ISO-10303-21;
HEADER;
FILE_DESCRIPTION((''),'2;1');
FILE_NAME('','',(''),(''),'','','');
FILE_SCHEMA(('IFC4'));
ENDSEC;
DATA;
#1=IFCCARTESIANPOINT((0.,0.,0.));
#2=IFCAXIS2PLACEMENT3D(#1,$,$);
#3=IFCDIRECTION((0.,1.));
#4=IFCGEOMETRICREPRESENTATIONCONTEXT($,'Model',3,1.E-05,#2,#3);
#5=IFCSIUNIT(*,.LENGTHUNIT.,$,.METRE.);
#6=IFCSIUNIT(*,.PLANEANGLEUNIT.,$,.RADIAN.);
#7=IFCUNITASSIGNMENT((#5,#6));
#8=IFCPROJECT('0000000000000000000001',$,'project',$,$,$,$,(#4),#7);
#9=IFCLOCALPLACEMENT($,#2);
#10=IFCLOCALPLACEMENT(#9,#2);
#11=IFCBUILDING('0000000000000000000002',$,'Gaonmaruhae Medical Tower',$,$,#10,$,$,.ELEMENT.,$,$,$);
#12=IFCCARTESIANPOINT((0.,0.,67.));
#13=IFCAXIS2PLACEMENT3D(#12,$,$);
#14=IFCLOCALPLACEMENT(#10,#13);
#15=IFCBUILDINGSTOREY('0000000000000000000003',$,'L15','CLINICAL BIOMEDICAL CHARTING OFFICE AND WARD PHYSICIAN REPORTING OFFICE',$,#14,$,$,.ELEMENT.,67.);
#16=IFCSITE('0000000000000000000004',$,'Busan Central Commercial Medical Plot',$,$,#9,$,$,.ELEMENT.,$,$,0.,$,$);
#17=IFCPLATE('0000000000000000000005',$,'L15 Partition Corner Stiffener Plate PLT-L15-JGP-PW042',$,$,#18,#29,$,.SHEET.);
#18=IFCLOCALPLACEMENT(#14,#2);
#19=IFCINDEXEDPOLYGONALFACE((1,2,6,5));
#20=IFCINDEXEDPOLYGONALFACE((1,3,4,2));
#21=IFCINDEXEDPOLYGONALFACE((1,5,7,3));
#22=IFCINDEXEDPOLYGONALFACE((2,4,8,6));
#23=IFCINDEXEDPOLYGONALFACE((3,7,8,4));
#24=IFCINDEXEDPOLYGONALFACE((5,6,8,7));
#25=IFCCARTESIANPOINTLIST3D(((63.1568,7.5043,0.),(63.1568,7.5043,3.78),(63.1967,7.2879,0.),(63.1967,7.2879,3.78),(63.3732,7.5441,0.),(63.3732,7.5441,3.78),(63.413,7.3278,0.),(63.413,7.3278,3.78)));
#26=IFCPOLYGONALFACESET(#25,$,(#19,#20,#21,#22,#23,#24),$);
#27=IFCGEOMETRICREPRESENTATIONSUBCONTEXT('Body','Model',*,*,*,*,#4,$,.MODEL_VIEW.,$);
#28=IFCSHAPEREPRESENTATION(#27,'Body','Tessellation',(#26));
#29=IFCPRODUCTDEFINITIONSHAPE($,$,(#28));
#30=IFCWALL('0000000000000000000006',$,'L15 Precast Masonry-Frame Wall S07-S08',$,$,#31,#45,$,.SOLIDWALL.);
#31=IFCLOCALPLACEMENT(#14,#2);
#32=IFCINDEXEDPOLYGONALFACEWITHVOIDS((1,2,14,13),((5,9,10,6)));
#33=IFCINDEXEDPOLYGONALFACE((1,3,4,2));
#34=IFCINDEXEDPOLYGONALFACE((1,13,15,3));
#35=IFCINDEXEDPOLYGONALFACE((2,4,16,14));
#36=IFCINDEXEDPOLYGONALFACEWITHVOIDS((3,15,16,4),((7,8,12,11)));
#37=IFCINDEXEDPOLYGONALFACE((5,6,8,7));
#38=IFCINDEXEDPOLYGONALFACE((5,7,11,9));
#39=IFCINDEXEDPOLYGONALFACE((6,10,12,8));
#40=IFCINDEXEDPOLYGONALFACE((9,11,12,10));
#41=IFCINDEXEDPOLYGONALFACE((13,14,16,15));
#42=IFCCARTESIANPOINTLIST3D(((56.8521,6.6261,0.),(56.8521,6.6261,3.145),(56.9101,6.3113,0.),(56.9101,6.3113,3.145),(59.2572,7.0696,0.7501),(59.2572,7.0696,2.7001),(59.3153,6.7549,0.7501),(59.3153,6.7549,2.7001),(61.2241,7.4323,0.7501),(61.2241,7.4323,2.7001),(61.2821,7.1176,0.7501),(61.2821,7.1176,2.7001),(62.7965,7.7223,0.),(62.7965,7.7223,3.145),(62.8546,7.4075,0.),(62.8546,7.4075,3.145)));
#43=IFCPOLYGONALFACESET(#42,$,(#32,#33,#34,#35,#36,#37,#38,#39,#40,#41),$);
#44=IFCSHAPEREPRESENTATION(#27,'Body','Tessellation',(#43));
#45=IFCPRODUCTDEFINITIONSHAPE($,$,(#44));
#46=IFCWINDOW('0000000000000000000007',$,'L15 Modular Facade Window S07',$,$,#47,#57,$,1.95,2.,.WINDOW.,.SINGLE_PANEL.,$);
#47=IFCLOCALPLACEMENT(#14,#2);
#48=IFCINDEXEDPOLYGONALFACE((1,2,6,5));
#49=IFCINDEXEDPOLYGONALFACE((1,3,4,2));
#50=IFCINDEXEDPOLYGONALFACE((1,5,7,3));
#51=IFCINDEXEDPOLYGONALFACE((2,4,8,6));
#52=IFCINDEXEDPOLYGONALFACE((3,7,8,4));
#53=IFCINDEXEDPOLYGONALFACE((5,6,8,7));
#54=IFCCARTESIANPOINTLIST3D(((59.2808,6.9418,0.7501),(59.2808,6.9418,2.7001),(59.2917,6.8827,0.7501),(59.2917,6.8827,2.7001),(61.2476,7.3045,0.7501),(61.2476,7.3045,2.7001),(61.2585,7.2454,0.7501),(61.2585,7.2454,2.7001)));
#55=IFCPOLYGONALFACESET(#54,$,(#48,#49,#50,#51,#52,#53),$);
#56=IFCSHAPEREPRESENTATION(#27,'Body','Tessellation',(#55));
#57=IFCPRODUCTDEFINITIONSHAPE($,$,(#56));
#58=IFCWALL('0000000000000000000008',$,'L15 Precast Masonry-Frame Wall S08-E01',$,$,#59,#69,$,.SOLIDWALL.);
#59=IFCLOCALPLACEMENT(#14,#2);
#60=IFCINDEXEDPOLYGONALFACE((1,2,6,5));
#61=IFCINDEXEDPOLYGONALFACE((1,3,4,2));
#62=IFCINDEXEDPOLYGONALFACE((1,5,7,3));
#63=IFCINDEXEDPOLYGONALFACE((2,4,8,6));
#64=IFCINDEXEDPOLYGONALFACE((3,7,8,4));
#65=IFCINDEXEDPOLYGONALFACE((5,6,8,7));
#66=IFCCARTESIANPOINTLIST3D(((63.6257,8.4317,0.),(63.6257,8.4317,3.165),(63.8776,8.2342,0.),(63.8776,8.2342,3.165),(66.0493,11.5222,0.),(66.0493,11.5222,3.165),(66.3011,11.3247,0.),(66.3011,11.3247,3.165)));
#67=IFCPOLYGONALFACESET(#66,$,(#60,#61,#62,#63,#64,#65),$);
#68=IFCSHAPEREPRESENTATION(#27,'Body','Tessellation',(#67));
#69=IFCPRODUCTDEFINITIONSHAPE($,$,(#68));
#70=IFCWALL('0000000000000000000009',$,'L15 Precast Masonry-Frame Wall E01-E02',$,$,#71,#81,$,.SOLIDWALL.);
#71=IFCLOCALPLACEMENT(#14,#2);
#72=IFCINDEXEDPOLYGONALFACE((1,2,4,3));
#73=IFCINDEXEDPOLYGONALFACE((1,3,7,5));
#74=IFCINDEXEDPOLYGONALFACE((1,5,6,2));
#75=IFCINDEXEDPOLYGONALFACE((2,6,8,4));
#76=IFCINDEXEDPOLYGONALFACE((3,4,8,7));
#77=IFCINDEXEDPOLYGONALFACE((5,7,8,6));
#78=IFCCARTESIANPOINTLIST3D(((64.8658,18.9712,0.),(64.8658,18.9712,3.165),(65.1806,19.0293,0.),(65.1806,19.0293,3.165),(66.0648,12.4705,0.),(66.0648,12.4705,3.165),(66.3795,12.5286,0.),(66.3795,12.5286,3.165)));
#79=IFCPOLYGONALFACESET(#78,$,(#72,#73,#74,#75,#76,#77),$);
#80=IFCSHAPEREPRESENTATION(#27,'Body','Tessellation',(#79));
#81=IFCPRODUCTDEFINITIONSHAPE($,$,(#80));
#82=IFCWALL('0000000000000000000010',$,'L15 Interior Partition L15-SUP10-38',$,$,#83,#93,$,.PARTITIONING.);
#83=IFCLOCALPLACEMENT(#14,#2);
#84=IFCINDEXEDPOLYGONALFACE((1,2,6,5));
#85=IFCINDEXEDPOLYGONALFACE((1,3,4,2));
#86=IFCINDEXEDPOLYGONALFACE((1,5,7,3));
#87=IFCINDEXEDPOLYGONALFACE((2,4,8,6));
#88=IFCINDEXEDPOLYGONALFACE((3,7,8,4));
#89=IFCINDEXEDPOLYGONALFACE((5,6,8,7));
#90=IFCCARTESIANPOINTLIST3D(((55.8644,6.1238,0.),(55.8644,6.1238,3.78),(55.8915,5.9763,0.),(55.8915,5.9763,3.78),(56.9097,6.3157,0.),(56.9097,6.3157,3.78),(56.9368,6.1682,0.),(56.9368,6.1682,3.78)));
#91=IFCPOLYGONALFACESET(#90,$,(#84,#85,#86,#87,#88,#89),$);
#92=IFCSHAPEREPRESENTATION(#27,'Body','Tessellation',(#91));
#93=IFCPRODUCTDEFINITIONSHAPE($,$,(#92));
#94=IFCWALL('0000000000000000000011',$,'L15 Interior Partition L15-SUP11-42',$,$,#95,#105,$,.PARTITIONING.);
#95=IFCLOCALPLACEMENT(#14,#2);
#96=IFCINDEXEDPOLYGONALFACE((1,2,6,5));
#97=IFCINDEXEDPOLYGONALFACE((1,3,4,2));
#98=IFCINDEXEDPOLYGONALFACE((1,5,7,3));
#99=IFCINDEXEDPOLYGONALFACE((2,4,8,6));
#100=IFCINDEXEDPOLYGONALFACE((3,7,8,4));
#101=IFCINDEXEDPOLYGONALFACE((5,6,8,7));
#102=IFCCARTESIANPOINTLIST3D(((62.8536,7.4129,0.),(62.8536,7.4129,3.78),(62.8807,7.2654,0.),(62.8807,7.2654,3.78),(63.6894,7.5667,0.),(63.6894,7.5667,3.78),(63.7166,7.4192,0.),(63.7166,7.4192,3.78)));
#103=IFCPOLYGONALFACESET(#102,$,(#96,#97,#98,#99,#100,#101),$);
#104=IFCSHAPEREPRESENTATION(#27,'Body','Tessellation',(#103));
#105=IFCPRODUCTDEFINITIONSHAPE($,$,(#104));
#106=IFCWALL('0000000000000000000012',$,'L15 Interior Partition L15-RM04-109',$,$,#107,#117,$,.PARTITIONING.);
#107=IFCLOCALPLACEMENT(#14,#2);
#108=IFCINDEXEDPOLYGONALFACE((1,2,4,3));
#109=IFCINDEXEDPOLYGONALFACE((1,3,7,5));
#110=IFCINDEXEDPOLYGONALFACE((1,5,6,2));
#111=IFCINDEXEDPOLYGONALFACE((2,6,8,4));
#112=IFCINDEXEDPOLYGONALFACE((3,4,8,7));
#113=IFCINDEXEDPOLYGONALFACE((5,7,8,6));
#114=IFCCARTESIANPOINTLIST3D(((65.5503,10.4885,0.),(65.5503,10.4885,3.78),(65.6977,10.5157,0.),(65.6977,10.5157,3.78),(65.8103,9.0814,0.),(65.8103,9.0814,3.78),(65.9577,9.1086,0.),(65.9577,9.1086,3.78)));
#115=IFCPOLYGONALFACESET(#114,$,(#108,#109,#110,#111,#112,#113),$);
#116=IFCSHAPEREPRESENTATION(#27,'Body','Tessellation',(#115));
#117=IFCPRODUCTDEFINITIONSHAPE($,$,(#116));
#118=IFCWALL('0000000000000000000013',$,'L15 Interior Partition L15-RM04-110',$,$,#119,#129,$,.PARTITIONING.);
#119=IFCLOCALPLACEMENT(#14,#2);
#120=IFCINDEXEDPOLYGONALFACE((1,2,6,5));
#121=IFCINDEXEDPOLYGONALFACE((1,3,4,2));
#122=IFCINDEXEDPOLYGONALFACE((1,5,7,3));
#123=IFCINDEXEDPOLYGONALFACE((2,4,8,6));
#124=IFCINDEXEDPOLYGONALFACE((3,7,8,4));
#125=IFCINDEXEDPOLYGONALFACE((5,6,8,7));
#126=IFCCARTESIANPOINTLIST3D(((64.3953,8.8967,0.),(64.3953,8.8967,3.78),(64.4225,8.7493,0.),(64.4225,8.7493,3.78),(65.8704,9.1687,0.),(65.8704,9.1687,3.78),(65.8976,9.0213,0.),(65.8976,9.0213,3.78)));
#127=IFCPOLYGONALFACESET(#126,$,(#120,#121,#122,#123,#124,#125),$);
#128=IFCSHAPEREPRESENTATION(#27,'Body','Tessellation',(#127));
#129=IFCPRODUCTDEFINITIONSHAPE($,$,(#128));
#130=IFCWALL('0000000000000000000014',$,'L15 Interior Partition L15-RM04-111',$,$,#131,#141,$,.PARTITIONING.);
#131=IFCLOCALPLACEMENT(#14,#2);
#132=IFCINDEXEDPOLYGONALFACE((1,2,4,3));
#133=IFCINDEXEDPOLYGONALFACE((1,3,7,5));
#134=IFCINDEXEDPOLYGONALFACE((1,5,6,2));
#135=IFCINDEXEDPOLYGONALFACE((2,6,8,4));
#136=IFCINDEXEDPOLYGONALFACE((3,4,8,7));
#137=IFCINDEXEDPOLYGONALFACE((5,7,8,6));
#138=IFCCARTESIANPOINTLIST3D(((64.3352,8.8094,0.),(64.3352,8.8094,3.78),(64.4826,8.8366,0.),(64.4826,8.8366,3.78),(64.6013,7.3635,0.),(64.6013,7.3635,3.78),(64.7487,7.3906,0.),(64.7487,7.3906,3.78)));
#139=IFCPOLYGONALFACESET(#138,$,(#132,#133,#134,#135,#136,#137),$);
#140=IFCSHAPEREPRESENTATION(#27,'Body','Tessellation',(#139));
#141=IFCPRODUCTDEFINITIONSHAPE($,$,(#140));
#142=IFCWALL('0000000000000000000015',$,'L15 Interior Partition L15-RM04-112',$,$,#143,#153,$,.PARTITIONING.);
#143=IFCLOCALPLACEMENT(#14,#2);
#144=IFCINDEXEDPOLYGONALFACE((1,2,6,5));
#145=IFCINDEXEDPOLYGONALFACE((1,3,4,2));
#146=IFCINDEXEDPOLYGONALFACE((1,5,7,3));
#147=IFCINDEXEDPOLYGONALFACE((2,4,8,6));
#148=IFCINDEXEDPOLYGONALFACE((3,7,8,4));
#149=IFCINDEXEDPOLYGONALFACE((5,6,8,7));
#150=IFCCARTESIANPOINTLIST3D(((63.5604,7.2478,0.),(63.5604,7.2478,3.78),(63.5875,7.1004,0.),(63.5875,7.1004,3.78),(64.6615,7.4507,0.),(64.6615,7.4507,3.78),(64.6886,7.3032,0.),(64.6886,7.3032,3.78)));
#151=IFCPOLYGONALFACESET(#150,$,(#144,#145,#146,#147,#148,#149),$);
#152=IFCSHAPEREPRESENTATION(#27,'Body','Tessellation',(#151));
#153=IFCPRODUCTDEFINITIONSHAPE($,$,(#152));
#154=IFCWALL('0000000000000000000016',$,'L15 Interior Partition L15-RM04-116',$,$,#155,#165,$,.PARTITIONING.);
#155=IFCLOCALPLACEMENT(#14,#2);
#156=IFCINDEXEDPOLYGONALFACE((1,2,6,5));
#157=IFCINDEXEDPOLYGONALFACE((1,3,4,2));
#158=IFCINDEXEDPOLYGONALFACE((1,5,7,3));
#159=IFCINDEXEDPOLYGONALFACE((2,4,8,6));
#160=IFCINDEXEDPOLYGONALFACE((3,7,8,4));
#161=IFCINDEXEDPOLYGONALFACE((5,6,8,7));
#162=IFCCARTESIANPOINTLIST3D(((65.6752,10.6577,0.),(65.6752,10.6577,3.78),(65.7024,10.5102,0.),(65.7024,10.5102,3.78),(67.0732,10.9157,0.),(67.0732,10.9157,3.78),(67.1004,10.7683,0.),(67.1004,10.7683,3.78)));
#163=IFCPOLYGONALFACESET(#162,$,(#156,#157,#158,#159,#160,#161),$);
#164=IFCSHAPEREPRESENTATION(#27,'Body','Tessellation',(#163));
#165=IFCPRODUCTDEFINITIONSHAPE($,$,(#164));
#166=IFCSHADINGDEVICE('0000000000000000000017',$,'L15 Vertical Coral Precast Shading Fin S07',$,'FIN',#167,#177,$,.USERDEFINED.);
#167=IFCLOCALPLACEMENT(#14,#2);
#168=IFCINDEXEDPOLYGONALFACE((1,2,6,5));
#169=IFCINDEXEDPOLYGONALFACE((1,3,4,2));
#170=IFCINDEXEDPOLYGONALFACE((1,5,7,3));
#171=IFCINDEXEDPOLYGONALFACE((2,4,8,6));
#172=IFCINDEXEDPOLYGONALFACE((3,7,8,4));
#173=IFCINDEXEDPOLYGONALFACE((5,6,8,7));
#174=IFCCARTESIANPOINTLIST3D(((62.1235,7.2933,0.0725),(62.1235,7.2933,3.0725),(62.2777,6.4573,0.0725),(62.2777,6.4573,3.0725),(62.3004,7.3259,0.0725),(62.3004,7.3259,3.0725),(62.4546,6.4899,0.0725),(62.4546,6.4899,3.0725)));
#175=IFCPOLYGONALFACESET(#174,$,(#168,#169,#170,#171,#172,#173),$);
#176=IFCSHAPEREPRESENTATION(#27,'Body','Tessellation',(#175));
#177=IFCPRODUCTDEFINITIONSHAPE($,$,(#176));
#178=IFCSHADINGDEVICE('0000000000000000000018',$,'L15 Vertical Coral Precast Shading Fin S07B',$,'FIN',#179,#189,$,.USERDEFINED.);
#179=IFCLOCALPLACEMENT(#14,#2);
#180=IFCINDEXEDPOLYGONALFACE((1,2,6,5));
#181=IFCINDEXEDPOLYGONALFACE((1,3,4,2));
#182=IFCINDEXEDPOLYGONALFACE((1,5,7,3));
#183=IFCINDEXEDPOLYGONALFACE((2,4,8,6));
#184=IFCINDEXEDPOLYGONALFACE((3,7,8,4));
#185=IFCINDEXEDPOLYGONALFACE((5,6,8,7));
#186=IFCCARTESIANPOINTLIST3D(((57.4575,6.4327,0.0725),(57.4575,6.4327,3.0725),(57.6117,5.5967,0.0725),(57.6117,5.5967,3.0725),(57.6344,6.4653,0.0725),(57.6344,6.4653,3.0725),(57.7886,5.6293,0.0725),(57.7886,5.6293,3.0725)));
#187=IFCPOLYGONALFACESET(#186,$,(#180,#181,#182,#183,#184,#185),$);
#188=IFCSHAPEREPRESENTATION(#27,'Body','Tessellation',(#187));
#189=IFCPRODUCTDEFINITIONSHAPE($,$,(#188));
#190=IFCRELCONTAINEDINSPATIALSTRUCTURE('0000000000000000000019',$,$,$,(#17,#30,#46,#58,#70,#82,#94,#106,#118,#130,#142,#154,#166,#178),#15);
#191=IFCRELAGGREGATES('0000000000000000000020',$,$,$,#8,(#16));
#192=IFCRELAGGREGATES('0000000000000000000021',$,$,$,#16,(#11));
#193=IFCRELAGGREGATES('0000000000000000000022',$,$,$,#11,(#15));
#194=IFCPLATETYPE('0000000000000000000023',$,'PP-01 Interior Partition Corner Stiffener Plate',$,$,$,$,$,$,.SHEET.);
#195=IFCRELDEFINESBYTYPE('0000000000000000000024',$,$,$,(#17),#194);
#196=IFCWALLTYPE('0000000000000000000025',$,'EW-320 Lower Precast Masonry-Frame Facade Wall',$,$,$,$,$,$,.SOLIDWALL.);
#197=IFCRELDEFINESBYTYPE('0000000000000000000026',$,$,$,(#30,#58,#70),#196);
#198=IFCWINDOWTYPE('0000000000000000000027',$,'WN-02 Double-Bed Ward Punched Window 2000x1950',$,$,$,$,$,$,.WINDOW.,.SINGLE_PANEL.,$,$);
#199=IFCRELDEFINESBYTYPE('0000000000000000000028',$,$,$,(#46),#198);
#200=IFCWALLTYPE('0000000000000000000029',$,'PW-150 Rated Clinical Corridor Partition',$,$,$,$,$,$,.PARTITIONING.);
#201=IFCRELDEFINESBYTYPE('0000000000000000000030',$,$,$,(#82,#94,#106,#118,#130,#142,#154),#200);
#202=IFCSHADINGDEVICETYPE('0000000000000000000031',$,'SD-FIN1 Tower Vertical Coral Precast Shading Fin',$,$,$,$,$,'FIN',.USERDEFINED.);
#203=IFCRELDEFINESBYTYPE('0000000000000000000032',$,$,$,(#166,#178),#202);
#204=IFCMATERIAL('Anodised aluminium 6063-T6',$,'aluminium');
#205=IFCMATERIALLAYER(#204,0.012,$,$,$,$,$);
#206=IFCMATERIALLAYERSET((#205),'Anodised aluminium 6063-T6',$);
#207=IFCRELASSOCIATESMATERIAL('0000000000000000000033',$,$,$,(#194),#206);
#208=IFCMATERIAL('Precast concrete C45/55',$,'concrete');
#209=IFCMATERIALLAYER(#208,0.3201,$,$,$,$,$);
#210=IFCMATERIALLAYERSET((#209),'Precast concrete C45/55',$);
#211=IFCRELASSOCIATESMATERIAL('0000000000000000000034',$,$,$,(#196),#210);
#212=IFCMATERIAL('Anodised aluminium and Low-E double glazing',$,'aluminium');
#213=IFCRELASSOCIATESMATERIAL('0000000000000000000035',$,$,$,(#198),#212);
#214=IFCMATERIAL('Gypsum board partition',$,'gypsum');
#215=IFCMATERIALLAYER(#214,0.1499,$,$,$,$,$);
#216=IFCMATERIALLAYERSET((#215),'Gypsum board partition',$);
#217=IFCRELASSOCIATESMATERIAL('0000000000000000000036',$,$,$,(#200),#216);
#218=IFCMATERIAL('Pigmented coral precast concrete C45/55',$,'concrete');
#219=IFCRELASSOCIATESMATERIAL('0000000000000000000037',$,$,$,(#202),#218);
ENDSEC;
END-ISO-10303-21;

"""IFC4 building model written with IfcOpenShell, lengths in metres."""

from ifc_helpers import new_model, si_unit, direction, frame, frame_2d, origin, origin_2d, place, context, subcontext, project, spatial, rectangle, extrude, material, layer, layer_set, type_object, element, fill, save


model = new_model("IFC4")

# Units and contexts
model_context = context("Model", 3, precision=1e-05, world=origin(), true_north=direction((0.0, 1.0)))
body_context = subcontext(model_context, "Body", "Model", "MODEL_VIEW")
ifc_project = project(units=[si_unit("LENGTHUNIT", "METRE"), si_unit("PLANEANGLEUNIT", "RADIAN")], contexts=[model_context])

# Site, building, storey
site_placement = place(None, origin())
site = spatial("IfcSite", under=ifc_project, at=site_placement, Name="Busan Central Commercial Medical Plot", CompositionType="ELEMENT", RefElevation=0.0)
building_placement = place(site_placement, origin())
building = spatial("IfcBuilding", under=site, at=building_placement, Name="Gaonmaruhae Medical Tower", CompositionType="ELEMENT")
storey_placement = place(building_placement, frame((0.0, 0.0, 67.0)))
storey = spatial("IfcBuildingStorey", under=building, at=storey_placement, Name="L15", Description="CLINICAL BIOMEDICAL CHARTING OFFICE AND WARD PHYSICIAN REPORTING OFFICE", CompositionType="ELEMENT", Elevation=67.0)

# Plate
ifc_material_1 = material(Name="Anodised aluminium 6063-T6", Category="aluminium")
ifc_layer_1 = layer(ifc_material_1, 0.012)
ifc_layer_set_1 = layer_set([ifc_layer_1], Name="Anodised aluminium 6063-T6")
plate_type_1 = type_object("IfcPlateType", Name="PP-01 Interior Partition Corner Stiffener Plate", PredefinedType="SHEET", material=ifc_layer_set_1)
plate_placement = place(storey_placement, frame((63.2849, 7.416, 0.0), z_axis=(0.0, 0.0, 1.0), x_axis=(-0.983455, -0.181154, 0.0)))
element("IfcPlate", 1, at=plate_placement, inside=storey, type_object=plate_type_1, Name="L15 Partition Corner Stiffener Plate PLT-L15-JGP-PW042", PredefinedType="SHEET", context=body_context, shape_type="SweptSolid", body=[
    extrude(rectangle(XDim=0.22, YDim=0.22, at=origin_2d()), origin(), (0.0, 0.0, 1.0), 3.78),
])

# Wall, opening, window
ifc_material_2 = material(Name="Precast concrete C45/55", Category="concrete")
ifc_layer_2 = layer(ifc_material_2, 0.3201)
ifc_layer_set_2 = layer_set([ifc_layer_2], Name="Precast concrete C45/55")
wall_type_1 = type_object("IfcWallType", Name="EW-320 Lower Precast Masonry-Frame Facade Wall", PredefinedType="SOLIDWALL", material=ifc_layer_set_2)
wall_1_placement = place(storey_placement, frame((62.8257, 7.5649, 0.0), z_axis=(0.0, 0.0, 1.0), x_axis=(-0.983418, -0.181352, 0.0)))
wall_1 = element("IfcWall", 2, at=wall_1_placement, inside=storey, type_object=wall_type_1, Name="L15 Precast Masonry-Frame Wall S07-S08", PredefinedType="SOLIDWALL", context=body_context, shape_type="SweptSolid", body=[
    extrude(rectangle(XDim=6.0447, YDim=0.3201, at=frame_2d((3.0225, 0.0))), origin(), (0.0, 0.0, 1.0), 3.145),
])
opening_placement = place(wall_1_placement, frame((1.5991, 0.0, 0.75)))
opening = element("IfcOpeningElement", 3, at=opening_placement, cuts=wall_1, PredefinedType="OPENING", context=body_context, shape_type="SweptSolid", body=[
    extrude(rectangle(XDim=2.0, YDim=1.95, at=frame_2d((1.0, 0.9751))), frame((0.0, 0.1699, 0.0), z_axis=(0.0, -1.0, 0.0), x_axis=(1.0, 0.0, 0.0)), (0.0, 0.0, 1.0), 0.3401),
])
ifc_material_3 = material(Name="Anodised aluminium and Low-E double glazing", Category="aluminium")
window_type = type_object("IfcWindowType", Name="WN-02 Double-Bed Ward Punched Window 2000x1950", PartitioningType="SINGLE_PANEL", PredefinedType="WINDOW", material=ifc_material_3)
window_placement = place(opening_placement, origin())
window = element("IfcWindow", 4, at=window_placement, inside=storey, type_object=window_type, Name="L15 Modular Facade Window S07", OverallHeight=1.95, OverallWidth=2.0, PartitioningType="SINGLE_PANEL", PredefinedType="WINDOW", context=body_context, shape_type="SweptSolid", body=[
    extrude(rectangle(XDim=2.0, YDim=1.95, at=frame_2d((1.0, 0.9751))), frame((0.0, 0.03, 0.0), z_axis=(0.0, -1.0, 0.0), x_axis=(1.0, 0.0, 0.0)), (0.0, 0.0, 1.0), 0.0601),
])
fill(opening, window)

# Walls
wall_2_placement = place(storey_placement, frame((66.1753, 11.4236, 0.0), z_axis=(0.0, 0.0, 1.0), x_axis=(-0.617077, -0.786903, 0.0)))
element("IfcWall", 5, at=wall_2_placement, inside=storey, type_object=wall_type_1, Name="L15 Precast Masonry-Frame Wall S08-E01", PredefinedType="SOLIDWALL", context=body_context, shape_type="SweptSolid", body=[
    extrude(rectangle(XDim=3.9275, YDim=0.3201, at=frame_2d((1.9639, 0.0))), origin(), (0.0, 0.0, 1.0), 3.165),
])
wall_3_placement = place(storey_placement, frame((65.0232, 19.0002, 0.0), z_axis=(0.0, 0.0, 1.0), x_axis=(0.181378, -0.983414, 0.0)))
element("IfcWall", 6, at=wall_3_placement, inside=storey, type_object=wall_type_1, Name="L15 Precast Masonry-Frame Wall E01-E02", PredefinedType="SOLIDWALL", context=body_context, shape_type="SweptSolid", body=[
    extrude(rectangle(XDim=6.6104, YDim=0.3201, at=frame_2d((3.3052, 0.0))), origin(), (0.0, 0.0, 1.0), 3.165),
])
ifc_material_4 = material(Name="Gypsum board partition", Category="gypsum")
ifc_layer_3 = layer(ifc_material_4, 0.1499)
ifc_layer_set_3 = layer_set([ifc_layer_3], Name="Gypsum board partition")
wall_type_2 = type_object("IfcWallType", Name="PW-150 Rated Clinical Corridor Partition", PredefinedType="PARTITIONING", material=ifc_layer_set_3)
wall_4_placement = place(storey_placement, frame((56.9231, 6.2419, 0.0), z_axis=(0.0, 0.0, 1.0), x_axis=(-0.98356, -0.180583, 0.0)))
element("IfcWall", 7, at=wall_4_placement, inside=storey, type_object=wall_type_2, Name="L15 Interior Partition L15-SUP10-38", PredefinedType="PARTITIONING", context=body_context, shape_type="SweptSolid", body=[
    extrude(rectangle(XDim=1.0627, YDim=0.1499, at=frame_2d((0.5312, 0.0))), origin(), (0.0, 0.0, 1.0), 3.78),
])
wall_5_placement = place(storey_placement, frame((63.7029, 7.4929, 0.0), z_axis=(0.0, 0.0, 1.0), x_axis=(-0.983491, -0.180958, 0.0)))
element("IfcWall", 8, at=wall_5_placement, inside=storey, type_object=wall_type_2, Name="L15 Interior Partition L15-SUP11-42", PredefinedType="PARTITIONING", context=body_context, shape_type="SweptSolid", body=[
    extrude(rectangle(XDim=0.8499, YDim=0.1499, at=frame_2d((0.4248, 0.0))), origin(), (0.0, 0.0, 1.0), 3.78),
])
wall_6_placement = place(storey_placement, frame((65.624, 10.502, 0.0), z_axis=(0.0, 0.0, 1.0), x_axis=(0.181723, -0.98335, 0.0)))
element("IfcWall", 9, at=wall_6_placement, inside=storey, type_object=wall_type_2, Name="L15 Interior Partition L15-RM04-109", PredefinedType="PARTITIONING", context=body_context, shape_type="SweptSolid", body=[
    extrude(rectangle(XDim=1.4309, YDim=0.1499, at=frame_2d((0.7153, 0.0))), origin(), (0.0, 0.0, 1.0), 3.78),
])
wall_7_placement = place(storey_placement, frame((65.884, 9.095, 0.0), z_axis=(0.0, 0.0, 1.0), x_axis=(-0.983424, -0.18132, 0.0)))
element("IfcWall", 10, at=wall_7_placement, inside=storey, type_object=wall_type_2, Name="L15 Interior Partition L15-RM04-110", PredefinedType="PARTITIONING", context=body_context, shape_type="SweptSolid", body=[
    extrude(rectangle(XDim=1.5, YDim=0.1499, at=frame_2d((0.75, 0.0))), origin(), (0.0, 0.0, 1.0), 3.78),
])
wall_8_placement = place(storey_placement, frame((64.4089, 8.823, 0.0), z_axis=(0.0, 0.0, 1.0), x_axis=(0.180989, -0.983485, 0.0)))
element("IfcWall", 11, at=wall_8_placement, inside=storey, type_object=wall_type_2, Name="L15 Interior Partition L15-RM04-111", PredefinedType="PARTITIONING", context=body_context, shape_type="SweptSolid", body=[
    extrude(rectangle(XDim=1.4702, YDim=0.1499, at=frame_2d((0.7351, 0.0))), origin(), (0.0, 0.0, 1.0), 3.78),
])
wall_9_placement = place(storey_placement, frame((64.675, 7.377, 0.0), z_axis=(0.0, 0.0, 1.0), x_axis=(-0.983445, -0.181207, 0.0)))
element("IfcWall", 12, at=wall_9_placement, inside=storey, type_object=wall_type_2, Name="L15 Interior Partition L15-RM04-112", PredefinedType="PARTITIONING", context=body_context, shape_type="SweptSolid", body=[
    extrude(rectangle(XDim=1.1196, YDim=0.1499, at=frame_2d((0.5598, 0.0))), origin(), (0.0, 0.0, 1.0), 3.78),
])
wall_10_placement = place(storey_placement, frame((67.0869, 10.842, 0.0), z_axis=(0.0, 0.0, 1.0), x_axis=(-0.983385, -0.18153, 0.0)))
element("IfcWall", 13, at=wall_10_placement, inside=storey, type_object=wall_type_2, Name="L15 Interior Partition L15-RM04-116", PredefinedType="PARTITIONING", context=body_context, shape_type="SweptSolid", body=[
    extrude(rectangle(XDim=1.4216, YDim=0.1499, at=frame_2d((0.7109, 0.0))), origin(), (0.0, 0.0, 1.0), 3.78),
])

# Shading devices
ifc_material_5 = material(Name="Pigmented coral precast concrete C45/55", Category="concrete")
shading_device_type = type_object("IfcShadingDeviceType", Name="SD-FIN1 Tower Vertical Coral Precast Shading Fin", ElementType="FIN", PredefinedType="USERDEFINED", material=ifc_material_5)
for number, where, z_axis, x_axis, name in (
    (14, (62.2891, 6.8916, 0.0725), (0.0, 0.0, 1.0), (-0.983414, -0.181377, 0.0), "L15 Vertical Coral Precast Shading Fin S07"),
    (15, (57.623, 6.031, 0.0725), (0.0, 0.0, 1.0), (-0.983414, -0.181377, 0.0), "L15 Vertical Coral Precast Shading Fin S07B"),
):
    element("IfcShadingDevice", number, at=place(storey_placement, frame(where, z_axis=z_axis, x_axis=x_axis)), inside=storey, type_object=shading_device_type, Name=name, ObjectType="FIN", PredefinedType="USERDEFINED", context=body_context, shape_type="SweptSolid", body=[
        extrude(rectangle(XDim=0.1799, YDim=0.8501, at=origin_2d()), origin(), (0.0, 0.0, 1.0), 3.0),
    ])

save(model, "model.ifc")
